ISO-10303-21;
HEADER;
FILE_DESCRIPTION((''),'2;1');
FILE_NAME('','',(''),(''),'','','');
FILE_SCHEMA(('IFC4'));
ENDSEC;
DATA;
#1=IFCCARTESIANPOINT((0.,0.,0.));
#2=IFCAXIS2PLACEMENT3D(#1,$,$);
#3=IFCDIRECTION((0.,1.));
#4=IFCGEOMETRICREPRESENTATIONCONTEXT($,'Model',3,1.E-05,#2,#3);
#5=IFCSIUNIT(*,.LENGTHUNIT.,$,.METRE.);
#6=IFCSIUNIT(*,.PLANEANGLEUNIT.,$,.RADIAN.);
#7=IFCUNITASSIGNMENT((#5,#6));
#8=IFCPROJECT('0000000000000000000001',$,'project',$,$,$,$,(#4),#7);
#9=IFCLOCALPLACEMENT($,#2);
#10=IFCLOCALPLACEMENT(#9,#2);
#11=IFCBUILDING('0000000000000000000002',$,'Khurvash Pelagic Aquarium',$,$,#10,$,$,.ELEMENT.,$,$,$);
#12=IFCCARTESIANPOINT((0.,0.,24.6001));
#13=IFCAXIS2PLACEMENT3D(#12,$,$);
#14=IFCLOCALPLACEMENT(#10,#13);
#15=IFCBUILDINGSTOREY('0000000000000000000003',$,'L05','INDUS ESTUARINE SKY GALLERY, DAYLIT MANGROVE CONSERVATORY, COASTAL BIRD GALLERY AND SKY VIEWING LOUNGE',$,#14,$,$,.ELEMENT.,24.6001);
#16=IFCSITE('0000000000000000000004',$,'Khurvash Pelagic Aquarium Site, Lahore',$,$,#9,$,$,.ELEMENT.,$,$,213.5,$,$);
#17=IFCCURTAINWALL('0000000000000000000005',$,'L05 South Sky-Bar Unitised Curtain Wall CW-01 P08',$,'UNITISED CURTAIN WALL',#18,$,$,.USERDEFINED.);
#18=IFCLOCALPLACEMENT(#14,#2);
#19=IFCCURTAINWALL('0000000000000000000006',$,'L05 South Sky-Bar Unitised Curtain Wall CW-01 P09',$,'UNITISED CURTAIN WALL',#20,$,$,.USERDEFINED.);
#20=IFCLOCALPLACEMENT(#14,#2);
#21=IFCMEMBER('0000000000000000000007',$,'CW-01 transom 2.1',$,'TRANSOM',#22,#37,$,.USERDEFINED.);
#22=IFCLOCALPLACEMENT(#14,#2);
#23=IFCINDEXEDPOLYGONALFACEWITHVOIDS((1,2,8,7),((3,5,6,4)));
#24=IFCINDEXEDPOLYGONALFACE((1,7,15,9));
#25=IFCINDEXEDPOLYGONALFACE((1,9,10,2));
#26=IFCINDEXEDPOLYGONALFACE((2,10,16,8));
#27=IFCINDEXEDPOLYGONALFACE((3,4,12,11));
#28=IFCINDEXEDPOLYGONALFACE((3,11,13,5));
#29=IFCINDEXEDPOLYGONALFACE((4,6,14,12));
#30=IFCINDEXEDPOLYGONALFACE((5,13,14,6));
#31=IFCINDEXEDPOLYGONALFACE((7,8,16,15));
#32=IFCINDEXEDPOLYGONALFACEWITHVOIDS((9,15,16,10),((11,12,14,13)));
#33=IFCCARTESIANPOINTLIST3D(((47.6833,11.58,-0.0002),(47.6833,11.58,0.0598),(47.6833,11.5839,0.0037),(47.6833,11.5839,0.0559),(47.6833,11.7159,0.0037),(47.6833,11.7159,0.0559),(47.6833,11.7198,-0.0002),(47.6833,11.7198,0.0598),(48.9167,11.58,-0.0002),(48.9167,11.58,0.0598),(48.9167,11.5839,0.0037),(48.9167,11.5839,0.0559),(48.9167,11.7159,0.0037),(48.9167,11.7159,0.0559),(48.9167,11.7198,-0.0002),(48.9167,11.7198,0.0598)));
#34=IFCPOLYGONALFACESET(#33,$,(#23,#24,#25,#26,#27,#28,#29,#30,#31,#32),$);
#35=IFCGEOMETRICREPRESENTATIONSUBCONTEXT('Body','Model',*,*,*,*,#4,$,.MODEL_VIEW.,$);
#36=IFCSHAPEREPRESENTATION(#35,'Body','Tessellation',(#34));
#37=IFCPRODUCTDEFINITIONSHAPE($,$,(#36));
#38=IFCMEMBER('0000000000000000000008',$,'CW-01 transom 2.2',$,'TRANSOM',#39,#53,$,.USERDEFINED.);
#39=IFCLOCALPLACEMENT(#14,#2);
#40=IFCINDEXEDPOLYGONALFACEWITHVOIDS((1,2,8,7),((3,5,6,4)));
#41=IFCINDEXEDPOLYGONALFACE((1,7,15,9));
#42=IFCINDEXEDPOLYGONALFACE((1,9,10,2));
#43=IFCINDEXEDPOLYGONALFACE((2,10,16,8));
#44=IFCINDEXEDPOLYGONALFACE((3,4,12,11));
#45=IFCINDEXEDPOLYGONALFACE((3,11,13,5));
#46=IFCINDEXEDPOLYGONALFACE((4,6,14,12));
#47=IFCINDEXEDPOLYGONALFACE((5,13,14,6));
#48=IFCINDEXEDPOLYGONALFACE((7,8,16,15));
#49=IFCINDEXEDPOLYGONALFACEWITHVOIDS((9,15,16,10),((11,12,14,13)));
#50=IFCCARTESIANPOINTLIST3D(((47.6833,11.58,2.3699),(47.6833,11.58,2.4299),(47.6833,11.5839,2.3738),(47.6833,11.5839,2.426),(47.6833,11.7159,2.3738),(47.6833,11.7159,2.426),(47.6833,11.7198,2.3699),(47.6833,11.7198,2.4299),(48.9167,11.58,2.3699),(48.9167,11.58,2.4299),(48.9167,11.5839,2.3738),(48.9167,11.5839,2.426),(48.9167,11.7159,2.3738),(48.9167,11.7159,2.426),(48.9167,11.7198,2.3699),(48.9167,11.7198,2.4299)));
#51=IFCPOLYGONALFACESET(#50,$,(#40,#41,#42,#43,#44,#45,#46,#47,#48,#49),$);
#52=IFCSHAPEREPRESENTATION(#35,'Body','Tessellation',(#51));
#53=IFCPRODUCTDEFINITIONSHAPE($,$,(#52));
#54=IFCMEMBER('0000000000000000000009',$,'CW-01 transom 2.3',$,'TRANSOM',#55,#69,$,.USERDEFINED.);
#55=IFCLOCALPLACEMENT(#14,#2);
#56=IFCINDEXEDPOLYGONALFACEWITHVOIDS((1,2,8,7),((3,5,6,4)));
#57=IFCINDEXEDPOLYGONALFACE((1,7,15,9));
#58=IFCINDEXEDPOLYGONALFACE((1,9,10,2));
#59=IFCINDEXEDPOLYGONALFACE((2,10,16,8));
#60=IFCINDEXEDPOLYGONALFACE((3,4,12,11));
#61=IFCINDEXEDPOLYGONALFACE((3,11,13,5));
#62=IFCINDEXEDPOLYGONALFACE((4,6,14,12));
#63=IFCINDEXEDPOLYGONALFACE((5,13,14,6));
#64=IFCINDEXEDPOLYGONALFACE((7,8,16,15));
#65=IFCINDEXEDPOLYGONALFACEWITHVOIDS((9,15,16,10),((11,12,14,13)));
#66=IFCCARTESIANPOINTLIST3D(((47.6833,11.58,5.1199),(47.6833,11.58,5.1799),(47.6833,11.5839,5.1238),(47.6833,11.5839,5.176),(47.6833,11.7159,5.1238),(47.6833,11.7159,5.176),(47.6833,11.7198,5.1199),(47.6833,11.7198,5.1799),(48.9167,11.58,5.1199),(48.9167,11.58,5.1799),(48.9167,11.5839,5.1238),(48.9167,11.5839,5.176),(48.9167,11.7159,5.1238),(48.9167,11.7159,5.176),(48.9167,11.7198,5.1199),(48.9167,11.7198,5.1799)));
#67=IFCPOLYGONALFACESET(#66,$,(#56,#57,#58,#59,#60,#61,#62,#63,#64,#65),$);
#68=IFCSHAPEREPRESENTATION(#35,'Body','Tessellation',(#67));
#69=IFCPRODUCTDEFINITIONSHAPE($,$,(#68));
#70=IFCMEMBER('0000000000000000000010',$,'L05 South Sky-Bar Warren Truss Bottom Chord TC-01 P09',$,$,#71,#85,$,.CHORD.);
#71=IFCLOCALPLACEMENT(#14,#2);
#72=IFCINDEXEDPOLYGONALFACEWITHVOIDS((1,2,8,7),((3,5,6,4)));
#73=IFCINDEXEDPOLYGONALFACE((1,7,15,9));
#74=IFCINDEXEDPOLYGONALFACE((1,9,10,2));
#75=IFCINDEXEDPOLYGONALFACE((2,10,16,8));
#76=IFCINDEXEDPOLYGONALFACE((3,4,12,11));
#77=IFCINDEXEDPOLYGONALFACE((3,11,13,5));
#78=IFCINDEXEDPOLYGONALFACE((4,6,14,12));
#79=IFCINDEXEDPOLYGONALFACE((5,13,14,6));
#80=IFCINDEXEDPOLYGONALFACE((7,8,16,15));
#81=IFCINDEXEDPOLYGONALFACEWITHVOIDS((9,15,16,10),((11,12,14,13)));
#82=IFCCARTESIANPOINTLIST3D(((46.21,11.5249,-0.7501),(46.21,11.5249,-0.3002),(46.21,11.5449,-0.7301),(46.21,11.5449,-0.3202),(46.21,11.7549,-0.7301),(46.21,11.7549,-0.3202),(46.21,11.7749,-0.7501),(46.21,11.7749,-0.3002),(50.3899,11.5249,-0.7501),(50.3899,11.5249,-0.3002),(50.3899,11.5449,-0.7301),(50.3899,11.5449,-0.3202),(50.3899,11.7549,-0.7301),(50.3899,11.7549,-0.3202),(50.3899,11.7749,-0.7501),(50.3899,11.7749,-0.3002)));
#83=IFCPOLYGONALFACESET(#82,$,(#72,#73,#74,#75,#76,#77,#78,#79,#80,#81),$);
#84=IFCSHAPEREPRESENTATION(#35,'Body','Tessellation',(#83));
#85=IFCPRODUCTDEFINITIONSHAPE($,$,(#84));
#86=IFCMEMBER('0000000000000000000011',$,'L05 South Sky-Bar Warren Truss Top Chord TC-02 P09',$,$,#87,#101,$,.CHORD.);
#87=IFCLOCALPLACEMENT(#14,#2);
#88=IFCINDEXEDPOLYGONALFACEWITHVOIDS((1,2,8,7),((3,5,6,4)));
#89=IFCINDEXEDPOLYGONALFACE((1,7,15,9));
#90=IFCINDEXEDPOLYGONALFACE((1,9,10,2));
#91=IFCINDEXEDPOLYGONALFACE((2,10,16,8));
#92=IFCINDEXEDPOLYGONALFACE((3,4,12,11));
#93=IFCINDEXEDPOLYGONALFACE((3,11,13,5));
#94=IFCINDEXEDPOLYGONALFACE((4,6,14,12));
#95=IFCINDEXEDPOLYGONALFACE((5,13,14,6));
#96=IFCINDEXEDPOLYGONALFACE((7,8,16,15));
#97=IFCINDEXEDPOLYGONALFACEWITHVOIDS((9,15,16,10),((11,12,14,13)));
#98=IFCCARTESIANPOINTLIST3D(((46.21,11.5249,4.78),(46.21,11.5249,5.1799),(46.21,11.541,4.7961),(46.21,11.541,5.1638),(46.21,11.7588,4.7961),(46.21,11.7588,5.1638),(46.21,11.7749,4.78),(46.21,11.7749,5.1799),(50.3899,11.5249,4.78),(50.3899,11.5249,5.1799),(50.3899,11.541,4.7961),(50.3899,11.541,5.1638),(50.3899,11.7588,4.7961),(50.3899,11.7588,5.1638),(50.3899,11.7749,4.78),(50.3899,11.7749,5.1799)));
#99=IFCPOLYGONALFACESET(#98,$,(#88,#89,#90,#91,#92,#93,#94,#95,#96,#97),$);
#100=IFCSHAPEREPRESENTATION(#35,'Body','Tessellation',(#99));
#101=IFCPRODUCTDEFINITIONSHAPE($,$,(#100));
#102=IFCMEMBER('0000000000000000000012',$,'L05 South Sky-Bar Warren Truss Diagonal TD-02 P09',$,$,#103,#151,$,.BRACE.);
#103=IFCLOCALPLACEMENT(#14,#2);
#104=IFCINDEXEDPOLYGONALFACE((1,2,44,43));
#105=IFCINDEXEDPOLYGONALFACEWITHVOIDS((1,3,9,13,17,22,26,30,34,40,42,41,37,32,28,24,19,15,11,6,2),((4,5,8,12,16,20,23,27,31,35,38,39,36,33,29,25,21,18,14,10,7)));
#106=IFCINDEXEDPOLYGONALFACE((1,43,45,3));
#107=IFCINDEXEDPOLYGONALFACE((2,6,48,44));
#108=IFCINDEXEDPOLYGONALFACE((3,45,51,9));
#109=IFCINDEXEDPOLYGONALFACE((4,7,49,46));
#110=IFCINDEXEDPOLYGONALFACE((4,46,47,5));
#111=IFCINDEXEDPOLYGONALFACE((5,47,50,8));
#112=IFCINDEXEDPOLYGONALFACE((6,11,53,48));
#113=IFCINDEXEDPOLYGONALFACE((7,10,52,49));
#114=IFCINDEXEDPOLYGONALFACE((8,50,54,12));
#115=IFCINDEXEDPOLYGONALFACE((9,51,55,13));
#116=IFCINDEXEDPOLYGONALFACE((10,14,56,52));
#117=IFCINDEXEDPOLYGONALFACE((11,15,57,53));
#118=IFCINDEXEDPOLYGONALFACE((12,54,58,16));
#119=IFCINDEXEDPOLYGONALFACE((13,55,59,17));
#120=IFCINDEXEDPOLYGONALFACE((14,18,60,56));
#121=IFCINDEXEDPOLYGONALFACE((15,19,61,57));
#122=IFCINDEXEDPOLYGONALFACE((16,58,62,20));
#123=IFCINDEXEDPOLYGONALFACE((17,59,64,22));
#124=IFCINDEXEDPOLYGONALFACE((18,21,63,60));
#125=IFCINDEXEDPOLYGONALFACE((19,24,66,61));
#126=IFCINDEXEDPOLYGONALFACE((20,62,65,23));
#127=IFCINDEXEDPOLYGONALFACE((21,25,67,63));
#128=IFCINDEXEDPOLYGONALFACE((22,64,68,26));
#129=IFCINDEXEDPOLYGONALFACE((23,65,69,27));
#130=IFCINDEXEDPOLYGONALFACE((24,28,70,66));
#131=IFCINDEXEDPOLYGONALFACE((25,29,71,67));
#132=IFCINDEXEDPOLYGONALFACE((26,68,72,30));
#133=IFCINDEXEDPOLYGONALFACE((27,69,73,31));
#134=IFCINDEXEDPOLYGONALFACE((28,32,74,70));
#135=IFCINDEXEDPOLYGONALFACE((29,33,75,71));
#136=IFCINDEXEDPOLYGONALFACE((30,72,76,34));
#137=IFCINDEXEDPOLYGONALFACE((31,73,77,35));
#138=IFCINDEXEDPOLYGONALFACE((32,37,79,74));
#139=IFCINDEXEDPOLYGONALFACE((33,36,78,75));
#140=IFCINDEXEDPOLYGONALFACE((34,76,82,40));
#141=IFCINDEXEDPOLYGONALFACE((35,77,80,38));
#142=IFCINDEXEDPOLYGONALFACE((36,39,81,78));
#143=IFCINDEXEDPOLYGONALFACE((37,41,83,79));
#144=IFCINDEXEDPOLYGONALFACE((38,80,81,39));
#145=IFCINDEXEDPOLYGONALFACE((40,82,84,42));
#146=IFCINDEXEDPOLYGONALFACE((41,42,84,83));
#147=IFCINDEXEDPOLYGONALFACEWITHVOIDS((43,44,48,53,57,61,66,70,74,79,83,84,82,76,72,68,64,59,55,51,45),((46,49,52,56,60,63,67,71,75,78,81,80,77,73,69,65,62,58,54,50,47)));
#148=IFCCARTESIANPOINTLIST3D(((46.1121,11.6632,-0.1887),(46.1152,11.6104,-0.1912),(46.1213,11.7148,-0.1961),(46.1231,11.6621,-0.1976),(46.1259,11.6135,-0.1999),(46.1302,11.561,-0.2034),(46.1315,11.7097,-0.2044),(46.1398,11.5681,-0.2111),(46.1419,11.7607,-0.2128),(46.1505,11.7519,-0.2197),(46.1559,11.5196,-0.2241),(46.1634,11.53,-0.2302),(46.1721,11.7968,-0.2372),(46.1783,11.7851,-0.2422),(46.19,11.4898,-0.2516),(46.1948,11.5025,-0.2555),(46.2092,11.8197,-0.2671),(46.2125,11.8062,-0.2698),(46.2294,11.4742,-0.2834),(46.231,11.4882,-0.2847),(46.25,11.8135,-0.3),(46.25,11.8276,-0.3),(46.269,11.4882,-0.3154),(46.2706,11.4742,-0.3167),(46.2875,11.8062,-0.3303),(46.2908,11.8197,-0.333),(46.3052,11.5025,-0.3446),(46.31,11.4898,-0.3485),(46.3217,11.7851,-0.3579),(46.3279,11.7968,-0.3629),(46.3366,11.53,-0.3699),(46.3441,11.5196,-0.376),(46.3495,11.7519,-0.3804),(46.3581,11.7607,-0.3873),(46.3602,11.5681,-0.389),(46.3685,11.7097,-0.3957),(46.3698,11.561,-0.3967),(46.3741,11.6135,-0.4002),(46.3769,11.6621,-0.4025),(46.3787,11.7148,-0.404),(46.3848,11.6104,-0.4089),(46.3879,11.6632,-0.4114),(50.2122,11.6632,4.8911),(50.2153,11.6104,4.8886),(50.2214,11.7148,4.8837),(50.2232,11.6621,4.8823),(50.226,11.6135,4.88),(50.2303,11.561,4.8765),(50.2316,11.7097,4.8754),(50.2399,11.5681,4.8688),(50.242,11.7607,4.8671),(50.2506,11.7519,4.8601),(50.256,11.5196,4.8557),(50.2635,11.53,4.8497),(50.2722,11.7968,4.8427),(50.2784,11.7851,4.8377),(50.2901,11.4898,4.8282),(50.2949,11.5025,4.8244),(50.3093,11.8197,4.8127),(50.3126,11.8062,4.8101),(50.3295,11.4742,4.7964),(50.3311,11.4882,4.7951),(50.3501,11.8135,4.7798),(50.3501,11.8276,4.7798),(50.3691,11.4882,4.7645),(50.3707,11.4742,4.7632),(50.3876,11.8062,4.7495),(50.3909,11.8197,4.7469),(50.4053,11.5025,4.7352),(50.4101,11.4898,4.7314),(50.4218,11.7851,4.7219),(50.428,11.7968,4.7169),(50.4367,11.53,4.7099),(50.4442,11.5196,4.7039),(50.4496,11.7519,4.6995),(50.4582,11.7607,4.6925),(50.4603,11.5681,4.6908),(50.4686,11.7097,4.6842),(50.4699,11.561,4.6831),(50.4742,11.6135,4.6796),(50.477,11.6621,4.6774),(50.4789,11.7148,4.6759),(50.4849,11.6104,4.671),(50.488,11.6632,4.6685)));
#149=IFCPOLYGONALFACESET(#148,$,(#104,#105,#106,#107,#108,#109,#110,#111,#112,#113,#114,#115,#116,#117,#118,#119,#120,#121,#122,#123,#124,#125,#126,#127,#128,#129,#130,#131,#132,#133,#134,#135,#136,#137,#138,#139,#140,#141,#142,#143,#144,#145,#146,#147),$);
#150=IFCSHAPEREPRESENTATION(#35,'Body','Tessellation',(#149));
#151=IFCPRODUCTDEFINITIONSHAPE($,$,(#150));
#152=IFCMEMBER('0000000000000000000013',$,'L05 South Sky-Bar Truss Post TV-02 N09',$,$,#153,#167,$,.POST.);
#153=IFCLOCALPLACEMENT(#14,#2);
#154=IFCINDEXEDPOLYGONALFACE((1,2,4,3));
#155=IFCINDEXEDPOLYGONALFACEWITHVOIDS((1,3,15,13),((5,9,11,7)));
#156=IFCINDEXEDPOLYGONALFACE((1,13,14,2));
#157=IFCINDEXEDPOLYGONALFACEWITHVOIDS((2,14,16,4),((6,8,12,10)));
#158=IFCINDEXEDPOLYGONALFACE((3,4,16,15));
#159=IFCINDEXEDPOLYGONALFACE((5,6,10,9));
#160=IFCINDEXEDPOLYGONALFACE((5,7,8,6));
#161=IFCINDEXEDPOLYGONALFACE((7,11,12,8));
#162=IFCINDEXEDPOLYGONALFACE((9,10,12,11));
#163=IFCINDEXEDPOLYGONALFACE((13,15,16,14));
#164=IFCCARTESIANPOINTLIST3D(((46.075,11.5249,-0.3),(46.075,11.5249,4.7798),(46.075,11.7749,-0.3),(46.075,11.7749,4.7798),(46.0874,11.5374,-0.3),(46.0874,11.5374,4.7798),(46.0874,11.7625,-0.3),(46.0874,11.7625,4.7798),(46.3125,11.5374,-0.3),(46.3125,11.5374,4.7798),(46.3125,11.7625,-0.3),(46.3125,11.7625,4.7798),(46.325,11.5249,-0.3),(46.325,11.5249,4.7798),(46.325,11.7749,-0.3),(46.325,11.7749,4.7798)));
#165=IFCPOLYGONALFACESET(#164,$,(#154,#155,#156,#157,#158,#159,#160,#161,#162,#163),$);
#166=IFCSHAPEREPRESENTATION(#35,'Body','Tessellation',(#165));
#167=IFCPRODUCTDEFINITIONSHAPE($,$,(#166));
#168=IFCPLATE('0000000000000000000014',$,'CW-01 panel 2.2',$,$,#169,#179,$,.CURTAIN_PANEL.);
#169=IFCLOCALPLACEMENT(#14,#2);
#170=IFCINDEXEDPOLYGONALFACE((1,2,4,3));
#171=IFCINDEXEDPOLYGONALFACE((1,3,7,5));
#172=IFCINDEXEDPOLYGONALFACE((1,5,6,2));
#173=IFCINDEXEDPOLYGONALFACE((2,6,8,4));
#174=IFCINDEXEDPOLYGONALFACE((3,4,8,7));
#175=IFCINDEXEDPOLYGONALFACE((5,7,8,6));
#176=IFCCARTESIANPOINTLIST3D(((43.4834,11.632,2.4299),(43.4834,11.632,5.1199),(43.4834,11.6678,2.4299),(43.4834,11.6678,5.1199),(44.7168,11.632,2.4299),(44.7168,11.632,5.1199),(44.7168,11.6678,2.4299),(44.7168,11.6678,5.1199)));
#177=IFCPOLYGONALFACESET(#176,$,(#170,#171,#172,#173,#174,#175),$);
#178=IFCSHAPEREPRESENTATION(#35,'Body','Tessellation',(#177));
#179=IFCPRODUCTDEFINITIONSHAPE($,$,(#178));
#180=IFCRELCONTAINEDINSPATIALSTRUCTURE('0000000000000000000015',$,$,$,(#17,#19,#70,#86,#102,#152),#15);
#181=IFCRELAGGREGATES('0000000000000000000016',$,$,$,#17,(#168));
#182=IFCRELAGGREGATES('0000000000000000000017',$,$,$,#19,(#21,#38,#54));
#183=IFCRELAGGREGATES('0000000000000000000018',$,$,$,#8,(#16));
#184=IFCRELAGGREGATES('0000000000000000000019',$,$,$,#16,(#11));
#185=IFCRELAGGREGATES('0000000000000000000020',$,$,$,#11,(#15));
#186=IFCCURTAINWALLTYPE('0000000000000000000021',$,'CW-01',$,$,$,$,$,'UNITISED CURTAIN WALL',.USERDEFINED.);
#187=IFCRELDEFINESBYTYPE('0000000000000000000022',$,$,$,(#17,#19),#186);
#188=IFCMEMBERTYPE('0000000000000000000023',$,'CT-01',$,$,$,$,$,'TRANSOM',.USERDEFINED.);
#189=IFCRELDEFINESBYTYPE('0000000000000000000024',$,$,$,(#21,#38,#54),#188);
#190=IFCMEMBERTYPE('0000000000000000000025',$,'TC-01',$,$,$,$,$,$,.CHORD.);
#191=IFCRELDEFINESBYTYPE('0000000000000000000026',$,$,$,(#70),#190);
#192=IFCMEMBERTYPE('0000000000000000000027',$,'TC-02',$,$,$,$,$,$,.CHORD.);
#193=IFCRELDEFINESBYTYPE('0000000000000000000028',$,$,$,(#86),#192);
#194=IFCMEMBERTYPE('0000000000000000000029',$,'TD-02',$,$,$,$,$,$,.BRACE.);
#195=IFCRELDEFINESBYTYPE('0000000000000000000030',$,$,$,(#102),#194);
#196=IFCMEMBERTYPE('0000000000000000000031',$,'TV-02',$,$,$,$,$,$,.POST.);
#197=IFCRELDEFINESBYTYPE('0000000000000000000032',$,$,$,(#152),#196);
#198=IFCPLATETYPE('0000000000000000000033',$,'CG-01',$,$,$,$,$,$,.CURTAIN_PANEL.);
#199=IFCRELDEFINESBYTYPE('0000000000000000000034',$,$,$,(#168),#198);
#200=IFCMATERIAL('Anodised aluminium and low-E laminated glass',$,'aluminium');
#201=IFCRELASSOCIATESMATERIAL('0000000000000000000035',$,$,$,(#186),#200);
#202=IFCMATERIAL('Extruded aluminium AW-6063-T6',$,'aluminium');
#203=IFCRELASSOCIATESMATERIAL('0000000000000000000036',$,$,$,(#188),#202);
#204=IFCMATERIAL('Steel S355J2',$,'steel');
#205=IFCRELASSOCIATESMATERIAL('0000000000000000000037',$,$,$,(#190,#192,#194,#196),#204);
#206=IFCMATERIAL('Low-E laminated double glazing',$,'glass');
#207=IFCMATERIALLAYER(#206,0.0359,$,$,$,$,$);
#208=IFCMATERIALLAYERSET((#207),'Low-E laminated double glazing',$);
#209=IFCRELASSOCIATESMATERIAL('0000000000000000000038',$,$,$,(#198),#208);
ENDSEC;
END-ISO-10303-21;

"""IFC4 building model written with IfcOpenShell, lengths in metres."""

from ifc_helpers import new_model, si_unit, direction, frame, origin, origin_2d, place, context, subcontext, project, spatial, rectangle, hollow_rectangle, hollow_circle, extrude, material, layer, layer_set, material_profile, profile_set, type_object, element, aggregate, save


model = new_model("IFC4")

# Units and contexts
model_context = context("Model", 3, precision=1e-05, world=origin(), true_north=direction((0.0, 1.0)))
body_context = subcontext(model_context, "Body", "Model", "MODEL_VIEW")
ifc_project = project(units=[si_unit("LENGTHUNIT", "METRE"), si_unit("PLANEANGLEUNIT", "RADIAN")], contexts=[model_context])

# Site, building, storey
site_placement = place(None, origin())
site = spatial("IfcSite", under=ifc_project, at=site_placement, Name="Khurvash Pelagic Aquarium Site, Lahore", CompositionType="ELEMENT", RefElevation=213.5)
building_placement = place(site_placement, origin())
building = spatial("IfcBuilding", under=site, at=building_placement, Name="Khurvash Pelagic Aquarium", CompositionType="ELEMENT")
storey_placement = place(building_placement, frame((0.0, 0.0, 24.6001)))
storey = spatial("IfcBuildingStorey", under=building, at=storey_placement, Name="L05", Description="INDUS ESTUARINE SKY GALLERY, DAYLIT MANGROVE CONSERVATORY, COASTAL BIRD GALLERY AND SKY VIEWING LOUNGE", CompositionType="ELEMENT", Elevation=24.6001)

# Curtain walls
ifc_material_1 = material(Name="Anodised aluminium and low-E laminated glass", Category="aluminium")
curtain_wall_type = type_object("IfcCurtainWallType", Name="CW-01", ElementType="UNITISED CURTAIN WALL", PredefinedType="USERDEFINED", material=ifc_material_1)
curtain_wall_1_placement = place(storey_placement, origin())
curtain_wall_1 = element("IfcCurtainWall", 1, at=curtain_wall_1_placement, inside=storey, type_object=curtain_wall_type, Name="L05 South Sky-Bar Unitised Curtain Wall CW-01 P08", ObjectType="UNITISED CURTAIN WALL", PredefinedType="USERDEFINED")
ifc_material_2 = material(Name="Extruded aluminium AW-6063-T6", Category="aluminium")
curtain_wall_2_placement = place(storey_placement, origin())
curtain_wall_2 = element("IfcCurtainWall", 2, at=curtain_wall_2_placement, inside=storey, type_object=curtain_wall_type, Name="L05 South Sky-Bar Unitised Curtain Wall CW-01 P09", ObjectType="UNITISED CURTAIN WALL", PredefinedType="USERDEFINED")

# Members
ifc_material_profile_1 = material_profile(ifc_material_2, hollow_rectangle(XDim=0.1399, YDim=0.0601, WallThickness=0.0039, at=origin_2d()), Name="CWT140X60X4")
ifc_profile_set_1 = profile_set([ifc_material_profile_1], Name="Extruded aluminium AW-6063-T6")
member_type_1 = type_object("IfcMemberType", Name="CT-01", ElementType="TRANSOM", PredefinedType="USERDEFINED", material=ifc_profile_set_1)
member_1_placement = place(storey_placement, frame((47.6833, 11.6499, 0.0298), z_axis=(1.0, 0.0, 0.0), x_axis=(0.0, 1.0, 0.0)))
member_1 = element("IfcMember", 3, at=member_1_placement, type_object=member_type_1, Name="CW-01 transom 2.1", ObjectType="TRANSOM", PredefinedType="USERDEFINED", context=body_context, shape_type="SweptSolid", body=[
    extrude(hollow_rectangle(XDim=0.1399, YDim=0.0601, WallThickness=0.0039, at=origin_2d()), origin(), (0.0, 0.0, 1.0), 1.2334),
])
member_2_placement = place(storey_placement, frame((47.6833, 11.6499, 2.3999), z_axis=(1.0, 0.0, 0.0), x_axis=(0.0, 1.0, 0.0)))
member_2 = element("IfcMember", 4, at=member_2_placement, type_object=member_type_1, Name="CW-01 transom 2.2", ObjectType="TRANSOM", PredefinedType="USERDEFINED", context=body_context, shape_type="SweptSolid", body=[
    extrude(hollow_rectangle(XDim=0.1399, YDim=0.0601, WallThickness=0.0039, at=origin_2d()), origin(), (0.0, 0.0, 1.0), 1.2334),
])
member_3_placement = place(storey_placement, frame((47.6833, 11.6499, 5.1499), z_axis=(1.0, 0.0, 0.0), x_axis=(0.0, 1.0, 0.0)))
member_3 = element("IfcMember", 5, at=member_3_placement, type_object=member_type_1, Name="CW-01 transom 2.3", ObjectType="TRANSOM", PredefinedType="USERDEFINED", context=body_context, shape_type="SweptSolid", body=[
    extrude(hollow_rectangle(XDim=0.1399, YDim=0.0601, WallThickness=0.0039, at=origin_2d()), origin(), (0.0, 0.0, 1.0), 1.2334),
])

# Members
ifc_material_3 = material(Name="Steel S355J2", Category="steel")
ifc_material_profile_2 = material_profile(ifc_material_3, hollow_rectangle(XDim=0.25, YDim=0.45, WallThickness=0.02, at=origin_2d()), Name="RHS450X250X20")
ifc_profile_set_2 = profile_set([ifc_material_profile_2], Name="Steel S355J2")
member_type_2 = type_object("IfcMemberType", Name="TC-01", PredefinedType="CHORD", material=ifc_profile_set_2)
member_4_placement = place(storey_placement, frame((46.21, 11.6499, -0.5251), z_axis=(1.0, 0.0, 0.0), x_axis=(0.0, 1.0, 0.0)))
element("IfcMember", 6, at=member_4_placement, inside=storey, type_object=member_type_2, Name="L05 South Sky-Bar Warren Truss Bottom Chord TC-01 P09", PredefinedType="CHORD", context=body_context, shape_type="SweptSolid", body=[
    extrude(hollow_rectangle(XDim=0.25, YDim=0.45, WallThickness=0.02, at=origin_2d()), origin(), (0.0, 0.0, 1.0), 4.1799),
])
ifc_material_profile_3 = material_profile(ifc_material_3, hollow_rectangle(XDim=0.25, YDim=0.3999, WallThickness=0.0161, at=origin_2d()), Name="RHS400X250X16")
ifc_profile_set_3 = profile_set([ifc_material_profile_3], Name="Steel S355J2")
member_type_3 = type_object("IfcMemberType", Name="TC-02", PredefinedType="CHORD", material=ifc_profile_set_3)
member_5_placement = place(storey_placement, frame((46.21, 11.6499, 4.98), z_axis=(1.0, 0.0, 0.0), x_axis=(0.0, 1.0, 0.0)))
element("IfcMember", 7, at=member_5_placement, inside=storey, type_object=member_type_3, Name="L05 South Sky-Bar Warren Truss Top Chord TC-02 P09", PredefinedType="CHORD", context=body_context, shape_type="SweptSolid", body=[
    extrude(hollow_rectangle(XDim=0.25, YDim=0.3999, WallThickness=0.0161, at=origin_2d()), origin(), (0.0, 0.0, 1.0), 4.1799),
])
ifc_material_profile_4 = material_profile(ifc_material_3, hollow_circle(Radius=0.1777, WallThickness=0.0142, at=origin_2d()), Name="CHS355X14")
ifc_profile_set_4 = profile_set([ifc_material_profile_4], Name="Steel S355J2")
member_type_4 = type_object("IfcMemberType", Name="TD-02", PredefinedType="BRACE", material=ifc_profile_set_4)
member_6_placement = place(storey_placement, frame((46.25, 11.6499, -0.3), z_axis=(0.628073, 0.0, 0.778154), x_axis=(0.0, 1.0, 0.0)))
element("IfcMember", 8, at=member_6_placement, inside=storey, type_object=member_type_4, Name="L05 South Sky-Bar Warren Truss Diagonal TD-02 P09", PredefinedType="BRACE", context=body_context, shape_type="SweptSolid", body=[
    extrude(hollow_circle(Radius=0.1777, WallThickness=0.0142, at=origin_2d()), origin(), (0.0, 0.0, 1.0), 6.5281),
])
ifc_material_profile_5 = material_profile(ifc_material_3, hollow_rectangle(XDim=0.25, YDim=0.25, WallThickness=0.0125, at=origin_2d()), Name="SHS250X250X12")
ifc_profile_set_5 = profile_set([ifc_material_profile_5], Name="Steel S355J2")
member_type_5 = type_object("IfcMemberType", Name="TV-02", PredefinedType="POST", material=ifc_profile_set_5)
member_7_placement = place(storey_placement, frame((46.2, 11.6499, -0.3), z_axis=(0.0, 0.0, 1.0), x_axis=(1.0, 0.0, 0.0)))
element("IfcMember", 9, at=member_7_placement, inside=storey, type_object=member_type_5, Name="L05 South Sky-Bar Truss Post TV-02 N09", PredefinedType="POST", context=body_context, shape_type="SweptSolid", body=[
    extrude(hollow_rectangle(XDim=0.25, YDim=0.25, WallThickness=0.0125, at=origin_2d()), origin(), (0.0, 0.0, 1.0), 5.0798),
])

# Plate
ifc_material_4 = material(Name="Low-E laminated double glazing", Category="glass")
ifc_layer = layer(ifc_material_4, 0.0359)
ifc_layer_set = layer_set([ifc_layer], Name="Low-E laminated double glazing")
plate_type = type_object("IfcPlateType", Name="CG-01", PredefinedType="CURTAIN_PANEL", material=ifc_layer_set)
plate_1_placement = place(storey_placement, frame((44.1001, 11.6499, 2.4299), z_axis=(0.0, 0.0, 1.0), x_axis=(1.0, 0.0, 0.0)))
plate_1 = element("IfcPlate", 10, at=plate_1_placement, type_object=plate_type, Name="CW-01 panel 2.2", PredefinedType="CURTAIN_PANEL", context=body_context, shape_type="SweptSolid", body=[
    extrude(rectangle(XDim=1.2334, YDim=0.0359, at=origin_2d()), origin(), (0.0, 0.0, 1.0), 2.6899),
])
aggregate(curtain_wall_1, [plate_1])
aggregate(curtain_wall_2, [member_1, member_2, member_3])

save(model, "model.ifc")
